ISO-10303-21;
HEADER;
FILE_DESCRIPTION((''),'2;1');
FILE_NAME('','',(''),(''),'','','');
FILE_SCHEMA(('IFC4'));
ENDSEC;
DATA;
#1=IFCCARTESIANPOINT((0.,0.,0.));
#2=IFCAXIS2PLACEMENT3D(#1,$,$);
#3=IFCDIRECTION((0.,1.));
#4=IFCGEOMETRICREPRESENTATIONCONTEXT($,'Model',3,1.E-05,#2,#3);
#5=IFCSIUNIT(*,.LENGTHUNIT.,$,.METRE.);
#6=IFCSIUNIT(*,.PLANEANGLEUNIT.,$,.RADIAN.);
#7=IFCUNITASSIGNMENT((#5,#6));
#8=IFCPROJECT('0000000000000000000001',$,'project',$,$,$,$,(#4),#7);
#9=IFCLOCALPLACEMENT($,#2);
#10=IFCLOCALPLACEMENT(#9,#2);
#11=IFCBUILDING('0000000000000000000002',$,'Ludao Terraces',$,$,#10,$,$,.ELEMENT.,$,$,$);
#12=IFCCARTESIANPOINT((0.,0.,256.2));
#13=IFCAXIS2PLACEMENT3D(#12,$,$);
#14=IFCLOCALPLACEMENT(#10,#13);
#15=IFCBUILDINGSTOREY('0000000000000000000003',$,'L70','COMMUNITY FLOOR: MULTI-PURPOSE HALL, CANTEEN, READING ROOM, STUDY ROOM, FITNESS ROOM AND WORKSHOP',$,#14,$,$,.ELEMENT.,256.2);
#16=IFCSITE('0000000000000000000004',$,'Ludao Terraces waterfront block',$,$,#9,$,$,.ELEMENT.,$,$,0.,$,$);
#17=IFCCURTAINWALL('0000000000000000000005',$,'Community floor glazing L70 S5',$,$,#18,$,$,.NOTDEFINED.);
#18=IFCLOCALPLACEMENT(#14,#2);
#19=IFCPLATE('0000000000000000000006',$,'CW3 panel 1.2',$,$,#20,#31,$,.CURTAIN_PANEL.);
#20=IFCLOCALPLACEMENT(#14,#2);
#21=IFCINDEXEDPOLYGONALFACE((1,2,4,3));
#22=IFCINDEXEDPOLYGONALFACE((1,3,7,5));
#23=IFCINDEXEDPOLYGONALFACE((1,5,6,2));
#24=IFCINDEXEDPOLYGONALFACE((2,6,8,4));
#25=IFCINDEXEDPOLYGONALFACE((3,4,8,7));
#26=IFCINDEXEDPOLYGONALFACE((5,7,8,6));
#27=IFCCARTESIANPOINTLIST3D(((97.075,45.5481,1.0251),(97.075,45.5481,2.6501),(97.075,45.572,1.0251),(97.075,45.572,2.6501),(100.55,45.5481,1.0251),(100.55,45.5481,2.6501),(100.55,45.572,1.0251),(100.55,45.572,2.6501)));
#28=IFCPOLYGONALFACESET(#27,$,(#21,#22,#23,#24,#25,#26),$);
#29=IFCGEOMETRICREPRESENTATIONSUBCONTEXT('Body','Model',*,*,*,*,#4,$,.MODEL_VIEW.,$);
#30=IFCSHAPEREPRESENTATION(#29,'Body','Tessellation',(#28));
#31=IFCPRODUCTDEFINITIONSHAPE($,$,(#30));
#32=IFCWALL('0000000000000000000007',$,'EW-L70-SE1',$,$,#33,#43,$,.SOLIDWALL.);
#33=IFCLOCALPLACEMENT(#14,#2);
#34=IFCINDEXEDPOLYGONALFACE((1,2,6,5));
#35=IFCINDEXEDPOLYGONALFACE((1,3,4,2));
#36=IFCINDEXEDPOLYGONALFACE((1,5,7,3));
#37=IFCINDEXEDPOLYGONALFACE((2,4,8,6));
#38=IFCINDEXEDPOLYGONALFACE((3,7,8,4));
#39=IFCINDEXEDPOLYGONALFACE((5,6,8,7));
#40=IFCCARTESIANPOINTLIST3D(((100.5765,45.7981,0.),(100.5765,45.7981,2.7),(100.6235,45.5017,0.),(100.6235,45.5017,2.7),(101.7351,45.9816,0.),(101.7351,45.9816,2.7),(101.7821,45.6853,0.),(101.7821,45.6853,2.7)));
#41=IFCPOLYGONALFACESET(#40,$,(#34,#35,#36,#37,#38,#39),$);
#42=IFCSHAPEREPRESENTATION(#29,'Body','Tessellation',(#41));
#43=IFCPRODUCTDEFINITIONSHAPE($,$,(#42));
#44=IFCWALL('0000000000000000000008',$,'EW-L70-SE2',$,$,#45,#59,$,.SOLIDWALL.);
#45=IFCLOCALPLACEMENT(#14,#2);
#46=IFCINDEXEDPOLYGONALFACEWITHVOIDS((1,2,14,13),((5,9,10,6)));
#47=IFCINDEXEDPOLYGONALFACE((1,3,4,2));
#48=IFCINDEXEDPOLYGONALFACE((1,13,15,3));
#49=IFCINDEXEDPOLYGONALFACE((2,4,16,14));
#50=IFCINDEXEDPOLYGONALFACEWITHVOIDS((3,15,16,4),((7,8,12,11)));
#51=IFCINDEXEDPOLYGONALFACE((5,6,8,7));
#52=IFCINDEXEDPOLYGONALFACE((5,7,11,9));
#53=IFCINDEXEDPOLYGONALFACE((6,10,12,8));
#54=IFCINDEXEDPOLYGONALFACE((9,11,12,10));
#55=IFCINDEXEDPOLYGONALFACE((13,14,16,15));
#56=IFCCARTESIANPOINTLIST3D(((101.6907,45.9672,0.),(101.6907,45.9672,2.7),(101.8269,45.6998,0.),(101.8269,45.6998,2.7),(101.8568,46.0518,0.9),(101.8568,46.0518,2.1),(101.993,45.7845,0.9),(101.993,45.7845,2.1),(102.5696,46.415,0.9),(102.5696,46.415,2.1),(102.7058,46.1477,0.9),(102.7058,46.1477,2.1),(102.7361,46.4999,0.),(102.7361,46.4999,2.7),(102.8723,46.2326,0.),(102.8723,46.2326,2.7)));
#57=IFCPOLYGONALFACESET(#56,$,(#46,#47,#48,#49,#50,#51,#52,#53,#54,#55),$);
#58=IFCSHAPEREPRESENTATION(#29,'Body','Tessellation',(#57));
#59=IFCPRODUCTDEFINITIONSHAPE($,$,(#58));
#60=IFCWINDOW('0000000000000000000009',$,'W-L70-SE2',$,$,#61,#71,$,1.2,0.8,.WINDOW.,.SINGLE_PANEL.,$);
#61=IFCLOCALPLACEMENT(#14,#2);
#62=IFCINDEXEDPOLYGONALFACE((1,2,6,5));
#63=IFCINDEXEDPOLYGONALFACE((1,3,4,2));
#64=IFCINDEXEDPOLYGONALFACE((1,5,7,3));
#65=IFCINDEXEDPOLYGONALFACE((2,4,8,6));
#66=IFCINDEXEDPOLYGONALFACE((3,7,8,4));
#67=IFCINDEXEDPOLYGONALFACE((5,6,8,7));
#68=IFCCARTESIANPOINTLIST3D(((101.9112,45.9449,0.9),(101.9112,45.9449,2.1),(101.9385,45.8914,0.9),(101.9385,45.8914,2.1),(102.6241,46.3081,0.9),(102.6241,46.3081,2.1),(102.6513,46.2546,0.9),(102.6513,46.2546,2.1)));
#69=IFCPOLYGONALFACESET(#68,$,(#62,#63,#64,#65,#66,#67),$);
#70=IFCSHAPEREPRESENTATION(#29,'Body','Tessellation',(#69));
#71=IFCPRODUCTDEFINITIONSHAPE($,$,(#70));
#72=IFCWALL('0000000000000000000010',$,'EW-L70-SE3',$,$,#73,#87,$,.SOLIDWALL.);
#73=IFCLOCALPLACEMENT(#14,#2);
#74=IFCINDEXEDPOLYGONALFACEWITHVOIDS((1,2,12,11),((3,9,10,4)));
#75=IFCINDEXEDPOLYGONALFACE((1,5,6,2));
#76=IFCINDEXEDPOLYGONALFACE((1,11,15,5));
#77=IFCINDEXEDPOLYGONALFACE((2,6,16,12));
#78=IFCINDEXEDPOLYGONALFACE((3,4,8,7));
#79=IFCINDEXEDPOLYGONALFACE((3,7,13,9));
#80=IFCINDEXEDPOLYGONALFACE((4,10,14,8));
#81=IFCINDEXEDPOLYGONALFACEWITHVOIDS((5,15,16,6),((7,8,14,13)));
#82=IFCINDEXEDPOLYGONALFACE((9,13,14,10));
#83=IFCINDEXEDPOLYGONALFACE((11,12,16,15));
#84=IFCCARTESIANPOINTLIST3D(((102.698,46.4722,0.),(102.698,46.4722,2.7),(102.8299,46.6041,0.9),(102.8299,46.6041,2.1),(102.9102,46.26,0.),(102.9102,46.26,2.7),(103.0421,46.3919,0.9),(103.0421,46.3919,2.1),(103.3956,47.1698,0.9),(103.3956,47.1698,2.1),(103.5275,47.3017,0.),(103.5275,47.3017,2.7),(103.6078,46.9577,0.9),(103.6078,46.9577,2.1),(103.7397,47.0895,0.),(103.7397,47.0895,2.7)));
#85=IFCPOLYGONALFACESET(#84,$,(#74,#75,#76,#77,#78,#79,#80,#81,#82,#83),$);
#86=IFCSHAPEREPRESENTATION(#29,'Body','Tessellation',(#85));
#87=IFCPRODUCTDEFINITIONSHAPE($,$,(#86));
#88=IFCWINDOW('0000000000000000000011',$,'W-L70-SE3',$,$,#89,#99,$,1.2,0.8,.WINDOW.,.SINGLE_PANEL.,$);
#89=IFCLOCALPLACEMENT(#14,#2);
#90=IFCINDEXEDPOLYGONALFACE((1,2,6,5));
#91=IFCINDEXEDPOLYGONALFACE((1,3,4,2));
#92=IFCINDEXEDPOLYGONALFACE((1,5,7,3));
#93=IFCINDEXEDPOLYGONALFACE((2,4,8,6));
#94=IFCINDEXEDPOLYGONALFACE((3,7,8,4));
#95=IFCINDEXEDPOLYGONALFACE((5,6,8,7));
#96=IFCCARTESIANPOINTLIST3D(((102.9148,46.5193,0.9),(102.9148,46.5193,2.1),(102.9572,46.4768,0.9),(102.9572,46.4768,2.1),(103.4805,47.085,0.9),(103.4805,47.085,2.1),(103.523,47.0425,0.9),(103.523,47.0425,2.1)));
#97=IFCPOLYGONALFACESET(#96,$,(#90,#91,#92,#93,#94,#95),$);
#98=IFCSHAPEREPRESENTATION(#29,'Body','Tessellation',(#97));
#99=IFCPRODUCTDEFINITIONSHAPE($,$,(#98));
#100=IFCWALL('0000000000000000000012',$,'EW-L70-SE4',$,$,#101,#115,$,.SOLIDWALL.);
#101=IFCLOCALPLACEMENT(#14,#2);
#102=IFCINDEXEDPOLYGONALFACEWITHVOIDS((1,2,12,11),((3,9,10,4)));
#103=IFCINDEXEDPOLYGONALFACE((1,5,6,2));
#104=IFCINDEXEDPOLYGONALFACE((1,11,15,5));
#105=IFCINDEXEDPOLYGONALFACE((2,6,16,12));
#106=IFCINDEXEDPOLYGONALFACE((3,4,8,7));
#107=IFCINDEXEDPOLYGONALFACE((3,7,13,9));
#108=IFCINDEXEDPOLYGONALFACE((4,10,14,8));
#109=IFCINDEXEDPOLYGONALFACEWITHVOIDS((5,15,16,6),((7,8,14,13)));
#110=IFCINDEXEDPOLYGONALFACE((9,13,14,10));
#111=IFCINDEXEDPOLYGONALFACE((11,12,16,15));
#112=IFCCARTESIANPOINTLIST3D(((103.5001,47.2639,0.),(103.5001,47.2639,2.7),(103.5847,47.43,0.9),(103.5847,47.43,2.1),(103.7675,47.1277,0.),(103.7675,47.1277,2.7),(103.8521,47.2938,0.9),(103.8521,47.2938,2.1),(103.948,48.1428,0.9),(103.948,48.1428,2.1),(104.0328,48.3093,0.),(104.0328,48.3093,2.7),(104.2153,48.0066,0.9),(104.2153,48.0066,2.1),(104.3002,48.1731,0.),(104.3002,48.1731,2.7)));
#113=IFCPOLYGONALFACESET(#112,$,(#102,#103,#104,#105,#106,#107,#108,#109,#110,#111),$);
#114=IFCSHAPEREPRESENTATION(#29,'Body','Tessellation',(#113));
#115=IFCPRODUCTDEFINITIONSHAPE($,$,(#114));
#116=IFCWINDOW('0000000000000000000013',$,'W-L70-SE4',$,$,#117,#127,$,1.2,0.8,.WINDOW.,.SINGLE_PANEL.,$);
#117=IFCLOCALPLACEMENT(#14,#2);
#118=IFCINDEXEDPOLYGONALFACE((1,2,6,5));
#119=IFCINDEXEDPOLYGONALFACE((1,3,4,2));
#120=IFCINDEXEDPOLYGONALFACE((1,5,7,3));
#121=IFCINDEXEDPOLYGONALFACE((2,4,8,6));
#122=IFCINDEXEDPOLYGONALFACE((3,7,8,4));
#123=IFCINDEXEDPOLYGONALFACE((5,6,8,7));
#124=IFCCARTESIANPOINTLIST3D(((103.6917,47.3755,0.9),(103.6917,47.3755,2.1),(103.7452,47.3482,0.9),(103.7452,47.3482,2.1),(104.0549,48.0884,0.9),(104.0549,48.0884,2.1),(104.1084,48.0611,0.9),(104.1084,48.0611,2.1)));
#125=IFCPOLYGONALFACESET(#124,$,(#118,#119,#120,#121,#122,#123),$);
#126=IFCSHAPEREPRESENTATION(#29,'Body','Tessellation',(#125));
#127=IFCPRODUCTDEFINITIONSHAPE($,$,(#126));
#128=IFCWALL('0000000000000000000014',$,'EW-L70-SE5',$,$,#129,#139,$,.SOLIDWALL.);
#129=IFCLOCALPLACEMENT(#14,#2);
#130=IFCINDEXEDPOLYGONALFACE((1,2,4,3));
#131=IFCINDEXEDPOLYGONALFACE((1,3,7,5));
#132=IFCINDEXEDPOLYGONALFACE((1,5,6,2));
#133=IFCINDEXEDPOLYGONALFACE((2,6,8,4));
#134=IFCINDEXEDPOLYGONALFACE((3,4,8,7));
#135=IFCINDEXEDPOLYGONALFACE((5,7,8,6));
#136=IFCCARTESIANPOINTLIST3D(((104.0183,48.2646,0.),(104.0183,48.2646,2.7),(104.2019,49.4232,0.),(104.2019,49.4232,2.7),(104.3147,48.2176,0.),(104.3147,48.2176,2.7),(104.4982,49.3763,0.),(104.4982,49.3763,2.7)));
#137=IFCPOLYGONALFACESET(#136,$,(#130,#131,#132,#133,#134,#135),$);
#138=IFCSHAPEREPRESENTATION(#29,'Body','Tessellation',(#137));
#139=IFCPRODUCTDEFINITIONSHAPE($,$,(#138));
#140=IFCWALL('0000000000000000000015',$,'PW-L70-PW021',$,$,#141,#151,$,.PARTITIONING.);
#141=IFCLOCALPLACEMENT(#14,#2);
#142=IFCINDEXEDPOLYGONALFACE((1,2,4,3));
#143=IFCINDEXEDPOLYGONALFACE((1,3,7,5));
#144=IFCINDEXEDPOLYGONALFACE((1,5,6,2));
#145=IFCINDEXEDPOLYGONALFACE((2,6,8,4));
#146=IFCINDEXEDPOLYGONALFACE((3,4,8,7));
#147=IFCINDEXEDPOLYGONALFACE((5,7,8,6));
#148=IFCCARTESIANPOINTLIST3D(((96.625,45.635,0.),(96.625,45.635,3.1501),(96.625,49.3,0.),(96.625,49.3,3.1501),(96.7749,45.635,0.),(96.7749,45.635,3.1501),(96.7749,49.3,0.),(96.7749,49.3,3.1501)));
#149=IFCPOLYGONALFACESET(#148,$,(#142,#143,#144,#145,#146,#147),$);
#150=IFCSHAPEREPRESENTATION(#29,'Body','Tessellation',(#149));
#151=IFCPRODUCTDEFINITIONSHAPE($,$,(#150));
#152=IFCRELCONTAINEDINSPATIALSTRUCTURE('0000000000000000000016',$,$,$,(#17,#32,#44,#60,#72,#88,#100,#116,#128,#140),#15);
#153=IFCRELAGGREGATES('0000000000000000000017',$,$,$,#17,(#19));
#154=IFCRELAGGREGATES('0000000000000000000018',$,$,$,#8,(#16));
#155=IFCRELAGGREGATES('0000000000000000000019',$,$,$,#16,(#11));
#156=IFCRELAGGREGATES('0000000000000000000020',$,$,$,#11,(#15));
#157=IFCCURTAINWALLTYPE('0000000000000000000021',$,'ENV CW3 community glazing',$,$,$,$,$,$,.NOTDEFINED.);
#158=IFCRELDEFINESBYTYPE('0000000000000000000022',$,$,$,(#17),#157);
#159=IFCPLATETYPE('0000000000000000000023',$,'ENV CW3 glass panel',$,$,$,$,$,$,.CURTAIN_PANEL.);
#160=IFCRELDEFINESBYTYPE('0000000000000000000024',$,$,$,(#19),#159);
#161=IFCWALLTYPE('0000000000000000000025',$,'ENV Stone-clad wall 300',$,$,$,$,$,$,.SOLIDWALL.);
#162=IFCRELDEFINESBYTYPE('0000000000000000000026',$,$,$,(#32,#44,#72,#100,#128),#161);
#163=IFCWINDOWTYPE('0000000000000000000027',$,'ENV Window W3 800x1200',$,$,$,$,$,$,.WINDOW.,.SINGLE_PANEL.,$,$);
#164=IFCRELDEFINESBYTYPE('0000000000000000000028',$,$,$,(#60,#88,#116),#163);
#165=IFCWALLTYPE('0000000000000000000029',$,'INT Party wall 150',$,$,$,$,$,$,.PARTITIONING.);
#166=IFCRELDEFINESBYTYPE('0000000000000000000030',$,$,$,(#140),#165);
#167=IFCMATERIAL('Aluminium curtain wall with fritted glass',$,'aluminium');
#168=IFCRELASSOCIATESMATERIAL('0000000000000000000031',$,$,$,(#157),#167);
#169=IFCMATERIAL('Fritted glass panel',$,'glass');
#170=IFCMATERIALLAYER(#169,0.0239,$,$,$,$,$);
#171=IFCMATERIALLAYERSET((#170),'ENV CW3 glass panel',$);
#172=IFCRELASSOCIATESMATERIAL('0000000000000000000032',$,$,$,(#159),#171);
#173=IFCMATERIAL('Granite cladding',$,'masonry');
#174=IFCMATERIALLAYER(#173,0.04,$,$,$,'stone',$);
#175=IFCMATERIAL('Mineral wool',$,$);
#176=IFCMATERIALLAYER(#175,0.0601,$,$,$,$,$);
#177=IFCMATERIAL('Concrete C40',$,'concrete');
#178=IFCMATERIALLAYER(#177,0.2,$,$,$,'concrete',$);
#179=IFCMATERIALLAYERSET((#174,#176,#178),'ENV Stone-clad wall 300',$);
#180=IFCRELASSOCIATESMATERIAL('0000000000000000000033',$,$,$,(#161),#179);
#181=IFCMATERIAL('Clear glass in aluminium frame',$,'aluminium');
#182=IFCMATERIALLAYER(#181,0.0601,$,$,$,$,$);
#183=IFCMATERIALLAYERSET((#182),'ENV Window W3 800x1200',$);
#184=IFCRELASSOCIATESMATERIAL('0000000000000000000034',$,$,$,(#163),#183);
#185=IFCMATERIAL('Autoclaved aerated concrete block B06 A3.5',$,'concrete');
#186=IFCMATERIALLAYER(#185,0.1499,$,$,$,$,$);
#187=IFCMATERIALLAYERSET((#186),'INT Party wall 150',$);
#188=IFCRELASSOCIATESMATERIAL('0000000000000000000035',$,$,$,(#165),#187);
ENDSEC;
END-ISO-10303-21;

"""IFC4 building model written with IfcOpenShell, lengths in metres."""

from ifc_helpers import new_model, si_unit, direction, frame, frame_2d, origin, origin_2d, place, context, subcontext, project, spatial, rectangle, extrude, material, layer, layer_set, type_object, element, fill, aggregate, save


model = new_model("IFC4")

# Units and contexts
model_context = context("Model", 3, precision=1e-05, world=origin(), true_north=direction((0.0, 1.0)))
body_context = subcontext(model_context, "Body", "Model", "MODEL_VIEW")
ifc_project = project(units=[si_unit("LENGTHUNIT", "METRE"), si_unit("PLANEANGLEUNIT", "RADIAN")], contexts=[model_context])

# Site, building, storey
site_placement = place(None, origin())
site = spatial("IfcSite", under=ifc_project, at=site_placement, Name="Ludao Terraces waterfront block", CompositionType="ELEMENT", RefElevation=0.0)
building_placement = place(site_placement, origin())
building = spatial("IfcBuilding", under=site, at=building_placement, Name="Ludao Terraces", CompositionType="ELEMENT")
storey_placement = place(building_placement, frame((0.0, 0.0, 256.2)))
storey = spatial("IfcBuildingStorey", under=building, at=storey_placement, Name="L70", Description="COMMUNITY FLOOR: MULTI-PURPOSE HALL, CANTEEN, READING ROOM, STUDY ROOM, FITNESS ROOM AND WORKSHOP", CompositionType="ELEMENT", Elevation=256.2)

# Shared definitions
ifc_material_1 = material(Name="Concrete C40", Category="concrete")

# Curtain wall
ifc_material_2 = material(Name="Aluminium curtain wall with fritted glass", Category="aluminium")
curtain_wall_type = type_object("IfcCurtainWallType", Name="ENV CW3 community glazing", PredefinedType="NOTDEFINED", material=ifc_material_2)
curtain_wall_1_placement = place(storey_placement, origin())
curtain_wall_1 = element("IfcCurtainWall", 1, at=curtain_wall_1_placement, inside=storey, type_object=curtain_wall_type, Name="Community floor glazing L70 S5", PredefinedType="NOTDEFINED")

# Plate
ifc_material_3 = material(Name="Fritted glass panel", Category="glass")
ifc_layer_1 = layer(ifc_material_3, 0.0239)
ifc_layer_set_1 = layer_set([ifc_layer_1], Name="ENV CW3 glass panel")
plate_type = type_object("IfcPlateType", Name="ENV CW3 glass panel", PredefinedType="CURTAIN_PANEL", material=ifc_layer_set_1)
plate_1_placement = place(storey_placement, frame((98.8125, 45.5601, 1.0251), z_axis=(0.0, 0.0, 1.0), x_axis=(1.0, 0.0, 0.0)))
plate_1 = element("IfcPlate", 2, at=plate_1_placement, type_object=plate_type, Name="CW3 panel 1.2", PredefinedType="CURTAIN_PANEL", context=body_context, shape_type="SweptSolid", body=[
    extrude(rectangle(XDim=3.4751, YDim=0.0239, at=origin_2d()), origin(), (0.0, 0.0, 1.0), 1.625),
])
aggregate(curtain_wall_1, [plate_1])

# Wall
ifc_material_4 = material(Name="Granite cladding", Category="masonry")
ifc_layer_2 = layer(ifc_material_4, 0.04, Category="stone")
ifc_material_5 = material(Name="Mineral wool")
ifc_layer_3 = layer(ifc_material_5, 0.0601)
ifc_layer_4 = layer(ifc_material_1, 0.2, Category="concrete")
ifc_layer_set_2 = layer_set([ifc_layer_2, ifc_layer_3, ifc_layer_4], Name="ENV Stone-clad wall 300")
wall_type_1 = type_object("IfcWallType", Name="ENV Stone-clad wall 300", PredefinedType="SOLIDWALL", material=ifc_layer_set_2)
wall_1_placement = place(storey_placement, frame((100.6001, 45.6499, 0.0), z_axis=(0.0, 0.0, 1.0), x_axis=(0.987678, 0.156497, 0.0)))
element("IfcWall", 3, at=wall_1_placement, inside=storey, type_object=wall_type_1, Name="EW-L70-SE1", PredefinedType="SOLIDWALL", context=body_context, shape_type="SweptSolid", body=[
    extrude(rectangle(XDim=1.1731, YDim=0.3, at=frame_2d((0.5864, 0.0))), origin(), (0.0, 0.0, 1.0), 2.7),
])

# Walls, openings, windows
wall_2_placement = place(storey_placement, frame((101.7588, 45.8335, 0.0), z_axis=(0.0, 0.0, 1.0), x_axis=(0.890989, 0.454026, 0.0)))
wall_2 = element("IfcWall", 4, at=wall_2_placement, inside=storey, type_object=wall_type_1, Name="EW-L70-SE2", PredefinedType="SOLIDWALL", context=body_context, shape_type="SweptSolid", body=[
    extrude(rectangle(XDim=1.1733, YDim=0.3, at=frame_2d((0.5867, 0.0))), origin(), (0.0, 0.0, 1.0), 2.7),
])
opening_1_placement = place(wall_2_placement, frame((0.1865, 0.0, 0.8999)))
opening_1 = element("IfcOpeningElement", 5, at=opening_1_placement, cuts=wall_2, PredefinedType="OPENING", context=body_context, shape_type="SweptSolid", body=[
    extrude(rectangle(XDim=0.8, YDim=1.2, at=frame_2d((0.3999, 0.6001))), frame((0.0, 0.1602, 0.0), z_axis=(0.0, -1.0, 0.0), x_axis=(1.0, 0.0, 0.0)), (0.0, 0.0, 1.0), 0.3201),
])
ifc_material_6 = material(Name="Clear glass in aluminium frame", Category="aluminium")
ifc_layer_5 = layer(ifc_material_6, 0.0601)
ifc_layer_set_3 = layer_set([ifc_layer_5], Name="ENV Window W3 800x1200")
window_type = type_object("IfcWindowType", Name="ENV Window W3 800x1200", PartitioningType="SINGLE_PANEL", PredefinedType="WINDOW", material=ifc_layer_set_3)
window_1_placement = place(opening_1_placement, origin())
window_1 = element("IfcWindow", 6, at=window_1_placement, inside=storey, type_object=window_type, Name="W-L70-SE2", OverallHeight=1.2, OverallWidth=0.8, PartitioningType="SINGLE_PANEL", PredefinedType="WINDOW", context=body_context, shape_type="SweptSolid", body=[
    extrude(rectangle(XDim=0.8, YDim=1.2, at=frame_2d((0.3999, 0.6001))), frame((0.0, 0.03, 0.0), z_axis=(0.0, -1.0, 0.0), x_axis=(1.0, 0.0, 0.0)), (0.0, 0.0, 1.0), 0.0601),
])
fill(opening_1, window_1)
wall_3_placement = place(storey_placement, frame((102.8042, 46.3662, 0.0), z_axis=(0.0, 0.0, 1.0), x_axis=(0.707107, 0.707107, 0.0)))
wall_3 = element("IfcWall", 7, at=wall_3_placement, inside=storey, type_object=wall_type_1, Name="EW-L70-SE3", PredefinedType="SOLIDWALL", context=body_context, shape_type="SweptSolid", body=[
    extrude(rectangle(XDim=1.1731, YDim=0.3, at=frame_2d((0.5864, 0.0))), origin(), (0.0, 0.0, 1.0), 2.7),
])
opening_2_placement = place(wall_3_placement, frame((0.1865, 0.0, 0.8999)))
opening_2 = element("IfcOpeningElement", 8, at=opening_2_placement, cuts=wall_3, PredefinedType="OPENING", context=body_context, shape_type="SweptSolid", body=[
    extrude(rectangle(XDim=0.8, YDim=1.2, at=frame_2d((0.3999, 0.6001))), frame((0.0, 0.1602, 0.0), z_axis=(0.0, -1.0, 0.0), x_axis=(1.0, 0.0, 0.0)), (0.0, 0.0, 1.0), 0.3201),
])
window_2_placement = place(opening_2_placement, origin())
window_2 = element("IfcWindow", 9, at=window_2_placement, inside=storey, type_object=window_type, Name="W-L70-SE3", OverallHeight=1.2, OverallWidth=0.8, PartitioningType="SINGLE_PANEL", PredefinedType="WINDOW", context=body_context, shape_type="SweptSolid", body=[
    extrude(rectangle(XDim=0.8, YDim=1.2, at=frame_2d((0.3999, 0.6001))), frame((0.0, 0.03, 0.0), z_axis=(0.0, -1.0, 0.0), x_axis=(1.0, 0.0, 0.0)), (0.0, 0.0, 1.0), 0.0601),
])
fill(opening_2, window_2)
wall_4_placement = place(storey_placement, frame((103.6338, 47.1958, 0.0), z_axis=(0.0, 0.0, 1.0), x_axis=(0.454026, 0.890989, 0.0)))
wall_4 = element("IfcWall", 10, at=wall_4_placement, inside=storey, type_object=wall_type_1, Name="EW-L70-SE4", PredefinedType="SOLIDWALL", context=body_context, shape_type="SweptSolid", body=[
    extrude(rectangle(XDim=1.1733, YDim=0.3, at=frame_2d((0.5867, 0.0))), origin(), (0.0, 0.0, 1.0), 2.7),
])
opening_3_placement = place(wall_4_placement, frame((0.1865, 0.0, 0.8999)))
opening_3 = element("IfcOpeningElement", 11, at=opening_3_placement, cuts=wall_4, PredefinedType="OPENING", context=body_context, shape_type="SweptSolid", body=[
    extrude(rectangle(XDim=0.8, YDim=1.2, at=frame_2d((0.3999, 0.6001))), frame((0.0, 0.1602, 0.0), z_axis=(0.0, -1.0, 0.0), x_axis=(1.0, 0.0, 0.0)), (0.0, 0.0, 1.0), 0.3201),
])
window_3_placement = place(opening_3_placement, origin())
window_3 = element("IfcWindow", 12, at=window_3_placement, inside=storey, type_object=window_type, Name="W-L70-SE4", OverallHeight=1.2, OverallWidth=0.8, PartitioningType="SINGLE_PANEL", PredefinedType="WINDOW", context=body_context, shape_type="SweptSolid", body=[
    extrude(rectangle(XDim=0.8, YDim=1.2, at=frame_2d((0.3999, 0.6001))), frame((0.0, 0.03, 0.0), z_axis=(0.0, -1.0, 0.0), x_axis=(1.0, 0.0, 0.0)), (0.0, 0.0, 1.0), 0.0601),
])
fill(opening_3, window_3)

# Walls
wall_5_placement = place(storey_placement, frame((104.1665, 48.2412, 0.0), z_axis=(0.0, 0.0, 1.0), x_axis=(0.156497, 0.987678, 0.0)))
element("IfcWall", 13, at=wall_5_placement, inside=storey, type_object=wall_type_1, Name="EW-L70-SE5", PredefinedType="SOLIDWALL", context=body_context, shape_type="SweptSolid", body=[
    extrude(rectangle(XDim=1.1731, YDim=0.3, at=frame_2d((0.5864, 0.0))), origin(), (0.0, 0.0, 1.0), 2.7),
])
ifc_material_7 = material(Name="Autoclaved aerated concrete block B06 A3.5", Category="concrete")
ifc_layer_6 = layer(ifc_material_7, 0.1499)
ifc_layer_set_4 = layer_set([ifc_layer_6], Name="INT Party wall 150")
wall_type_2 = type_object("IfcWallType", Name="INT Party wall 150", PredefinedType="PARTITIONING", material=ifc_layer_set_4)
wall_6_placement = place(storey_placement, frame((96.7, 45.635, 0.0), z_axis=(0.0, 0.0, 1.0), x_axis=(0.0, 1.0, 0.0)))
element("IfcWall", 14, at=wall_6_placement, inside=storey, type_object=wall_type_2, Name="PW-L70-PW021", PredefinedType="PARTITIONING", context=body_context, shape_type="SweptSolid", body=[
    extrude(rectangle(XDim=3.665, YDim=0.1499, at=frame_2d((1.8325, 0.0))), origin(), (0.0, 0.0, 1.0), 3.1501),
])

save(model, "model.ifc")
